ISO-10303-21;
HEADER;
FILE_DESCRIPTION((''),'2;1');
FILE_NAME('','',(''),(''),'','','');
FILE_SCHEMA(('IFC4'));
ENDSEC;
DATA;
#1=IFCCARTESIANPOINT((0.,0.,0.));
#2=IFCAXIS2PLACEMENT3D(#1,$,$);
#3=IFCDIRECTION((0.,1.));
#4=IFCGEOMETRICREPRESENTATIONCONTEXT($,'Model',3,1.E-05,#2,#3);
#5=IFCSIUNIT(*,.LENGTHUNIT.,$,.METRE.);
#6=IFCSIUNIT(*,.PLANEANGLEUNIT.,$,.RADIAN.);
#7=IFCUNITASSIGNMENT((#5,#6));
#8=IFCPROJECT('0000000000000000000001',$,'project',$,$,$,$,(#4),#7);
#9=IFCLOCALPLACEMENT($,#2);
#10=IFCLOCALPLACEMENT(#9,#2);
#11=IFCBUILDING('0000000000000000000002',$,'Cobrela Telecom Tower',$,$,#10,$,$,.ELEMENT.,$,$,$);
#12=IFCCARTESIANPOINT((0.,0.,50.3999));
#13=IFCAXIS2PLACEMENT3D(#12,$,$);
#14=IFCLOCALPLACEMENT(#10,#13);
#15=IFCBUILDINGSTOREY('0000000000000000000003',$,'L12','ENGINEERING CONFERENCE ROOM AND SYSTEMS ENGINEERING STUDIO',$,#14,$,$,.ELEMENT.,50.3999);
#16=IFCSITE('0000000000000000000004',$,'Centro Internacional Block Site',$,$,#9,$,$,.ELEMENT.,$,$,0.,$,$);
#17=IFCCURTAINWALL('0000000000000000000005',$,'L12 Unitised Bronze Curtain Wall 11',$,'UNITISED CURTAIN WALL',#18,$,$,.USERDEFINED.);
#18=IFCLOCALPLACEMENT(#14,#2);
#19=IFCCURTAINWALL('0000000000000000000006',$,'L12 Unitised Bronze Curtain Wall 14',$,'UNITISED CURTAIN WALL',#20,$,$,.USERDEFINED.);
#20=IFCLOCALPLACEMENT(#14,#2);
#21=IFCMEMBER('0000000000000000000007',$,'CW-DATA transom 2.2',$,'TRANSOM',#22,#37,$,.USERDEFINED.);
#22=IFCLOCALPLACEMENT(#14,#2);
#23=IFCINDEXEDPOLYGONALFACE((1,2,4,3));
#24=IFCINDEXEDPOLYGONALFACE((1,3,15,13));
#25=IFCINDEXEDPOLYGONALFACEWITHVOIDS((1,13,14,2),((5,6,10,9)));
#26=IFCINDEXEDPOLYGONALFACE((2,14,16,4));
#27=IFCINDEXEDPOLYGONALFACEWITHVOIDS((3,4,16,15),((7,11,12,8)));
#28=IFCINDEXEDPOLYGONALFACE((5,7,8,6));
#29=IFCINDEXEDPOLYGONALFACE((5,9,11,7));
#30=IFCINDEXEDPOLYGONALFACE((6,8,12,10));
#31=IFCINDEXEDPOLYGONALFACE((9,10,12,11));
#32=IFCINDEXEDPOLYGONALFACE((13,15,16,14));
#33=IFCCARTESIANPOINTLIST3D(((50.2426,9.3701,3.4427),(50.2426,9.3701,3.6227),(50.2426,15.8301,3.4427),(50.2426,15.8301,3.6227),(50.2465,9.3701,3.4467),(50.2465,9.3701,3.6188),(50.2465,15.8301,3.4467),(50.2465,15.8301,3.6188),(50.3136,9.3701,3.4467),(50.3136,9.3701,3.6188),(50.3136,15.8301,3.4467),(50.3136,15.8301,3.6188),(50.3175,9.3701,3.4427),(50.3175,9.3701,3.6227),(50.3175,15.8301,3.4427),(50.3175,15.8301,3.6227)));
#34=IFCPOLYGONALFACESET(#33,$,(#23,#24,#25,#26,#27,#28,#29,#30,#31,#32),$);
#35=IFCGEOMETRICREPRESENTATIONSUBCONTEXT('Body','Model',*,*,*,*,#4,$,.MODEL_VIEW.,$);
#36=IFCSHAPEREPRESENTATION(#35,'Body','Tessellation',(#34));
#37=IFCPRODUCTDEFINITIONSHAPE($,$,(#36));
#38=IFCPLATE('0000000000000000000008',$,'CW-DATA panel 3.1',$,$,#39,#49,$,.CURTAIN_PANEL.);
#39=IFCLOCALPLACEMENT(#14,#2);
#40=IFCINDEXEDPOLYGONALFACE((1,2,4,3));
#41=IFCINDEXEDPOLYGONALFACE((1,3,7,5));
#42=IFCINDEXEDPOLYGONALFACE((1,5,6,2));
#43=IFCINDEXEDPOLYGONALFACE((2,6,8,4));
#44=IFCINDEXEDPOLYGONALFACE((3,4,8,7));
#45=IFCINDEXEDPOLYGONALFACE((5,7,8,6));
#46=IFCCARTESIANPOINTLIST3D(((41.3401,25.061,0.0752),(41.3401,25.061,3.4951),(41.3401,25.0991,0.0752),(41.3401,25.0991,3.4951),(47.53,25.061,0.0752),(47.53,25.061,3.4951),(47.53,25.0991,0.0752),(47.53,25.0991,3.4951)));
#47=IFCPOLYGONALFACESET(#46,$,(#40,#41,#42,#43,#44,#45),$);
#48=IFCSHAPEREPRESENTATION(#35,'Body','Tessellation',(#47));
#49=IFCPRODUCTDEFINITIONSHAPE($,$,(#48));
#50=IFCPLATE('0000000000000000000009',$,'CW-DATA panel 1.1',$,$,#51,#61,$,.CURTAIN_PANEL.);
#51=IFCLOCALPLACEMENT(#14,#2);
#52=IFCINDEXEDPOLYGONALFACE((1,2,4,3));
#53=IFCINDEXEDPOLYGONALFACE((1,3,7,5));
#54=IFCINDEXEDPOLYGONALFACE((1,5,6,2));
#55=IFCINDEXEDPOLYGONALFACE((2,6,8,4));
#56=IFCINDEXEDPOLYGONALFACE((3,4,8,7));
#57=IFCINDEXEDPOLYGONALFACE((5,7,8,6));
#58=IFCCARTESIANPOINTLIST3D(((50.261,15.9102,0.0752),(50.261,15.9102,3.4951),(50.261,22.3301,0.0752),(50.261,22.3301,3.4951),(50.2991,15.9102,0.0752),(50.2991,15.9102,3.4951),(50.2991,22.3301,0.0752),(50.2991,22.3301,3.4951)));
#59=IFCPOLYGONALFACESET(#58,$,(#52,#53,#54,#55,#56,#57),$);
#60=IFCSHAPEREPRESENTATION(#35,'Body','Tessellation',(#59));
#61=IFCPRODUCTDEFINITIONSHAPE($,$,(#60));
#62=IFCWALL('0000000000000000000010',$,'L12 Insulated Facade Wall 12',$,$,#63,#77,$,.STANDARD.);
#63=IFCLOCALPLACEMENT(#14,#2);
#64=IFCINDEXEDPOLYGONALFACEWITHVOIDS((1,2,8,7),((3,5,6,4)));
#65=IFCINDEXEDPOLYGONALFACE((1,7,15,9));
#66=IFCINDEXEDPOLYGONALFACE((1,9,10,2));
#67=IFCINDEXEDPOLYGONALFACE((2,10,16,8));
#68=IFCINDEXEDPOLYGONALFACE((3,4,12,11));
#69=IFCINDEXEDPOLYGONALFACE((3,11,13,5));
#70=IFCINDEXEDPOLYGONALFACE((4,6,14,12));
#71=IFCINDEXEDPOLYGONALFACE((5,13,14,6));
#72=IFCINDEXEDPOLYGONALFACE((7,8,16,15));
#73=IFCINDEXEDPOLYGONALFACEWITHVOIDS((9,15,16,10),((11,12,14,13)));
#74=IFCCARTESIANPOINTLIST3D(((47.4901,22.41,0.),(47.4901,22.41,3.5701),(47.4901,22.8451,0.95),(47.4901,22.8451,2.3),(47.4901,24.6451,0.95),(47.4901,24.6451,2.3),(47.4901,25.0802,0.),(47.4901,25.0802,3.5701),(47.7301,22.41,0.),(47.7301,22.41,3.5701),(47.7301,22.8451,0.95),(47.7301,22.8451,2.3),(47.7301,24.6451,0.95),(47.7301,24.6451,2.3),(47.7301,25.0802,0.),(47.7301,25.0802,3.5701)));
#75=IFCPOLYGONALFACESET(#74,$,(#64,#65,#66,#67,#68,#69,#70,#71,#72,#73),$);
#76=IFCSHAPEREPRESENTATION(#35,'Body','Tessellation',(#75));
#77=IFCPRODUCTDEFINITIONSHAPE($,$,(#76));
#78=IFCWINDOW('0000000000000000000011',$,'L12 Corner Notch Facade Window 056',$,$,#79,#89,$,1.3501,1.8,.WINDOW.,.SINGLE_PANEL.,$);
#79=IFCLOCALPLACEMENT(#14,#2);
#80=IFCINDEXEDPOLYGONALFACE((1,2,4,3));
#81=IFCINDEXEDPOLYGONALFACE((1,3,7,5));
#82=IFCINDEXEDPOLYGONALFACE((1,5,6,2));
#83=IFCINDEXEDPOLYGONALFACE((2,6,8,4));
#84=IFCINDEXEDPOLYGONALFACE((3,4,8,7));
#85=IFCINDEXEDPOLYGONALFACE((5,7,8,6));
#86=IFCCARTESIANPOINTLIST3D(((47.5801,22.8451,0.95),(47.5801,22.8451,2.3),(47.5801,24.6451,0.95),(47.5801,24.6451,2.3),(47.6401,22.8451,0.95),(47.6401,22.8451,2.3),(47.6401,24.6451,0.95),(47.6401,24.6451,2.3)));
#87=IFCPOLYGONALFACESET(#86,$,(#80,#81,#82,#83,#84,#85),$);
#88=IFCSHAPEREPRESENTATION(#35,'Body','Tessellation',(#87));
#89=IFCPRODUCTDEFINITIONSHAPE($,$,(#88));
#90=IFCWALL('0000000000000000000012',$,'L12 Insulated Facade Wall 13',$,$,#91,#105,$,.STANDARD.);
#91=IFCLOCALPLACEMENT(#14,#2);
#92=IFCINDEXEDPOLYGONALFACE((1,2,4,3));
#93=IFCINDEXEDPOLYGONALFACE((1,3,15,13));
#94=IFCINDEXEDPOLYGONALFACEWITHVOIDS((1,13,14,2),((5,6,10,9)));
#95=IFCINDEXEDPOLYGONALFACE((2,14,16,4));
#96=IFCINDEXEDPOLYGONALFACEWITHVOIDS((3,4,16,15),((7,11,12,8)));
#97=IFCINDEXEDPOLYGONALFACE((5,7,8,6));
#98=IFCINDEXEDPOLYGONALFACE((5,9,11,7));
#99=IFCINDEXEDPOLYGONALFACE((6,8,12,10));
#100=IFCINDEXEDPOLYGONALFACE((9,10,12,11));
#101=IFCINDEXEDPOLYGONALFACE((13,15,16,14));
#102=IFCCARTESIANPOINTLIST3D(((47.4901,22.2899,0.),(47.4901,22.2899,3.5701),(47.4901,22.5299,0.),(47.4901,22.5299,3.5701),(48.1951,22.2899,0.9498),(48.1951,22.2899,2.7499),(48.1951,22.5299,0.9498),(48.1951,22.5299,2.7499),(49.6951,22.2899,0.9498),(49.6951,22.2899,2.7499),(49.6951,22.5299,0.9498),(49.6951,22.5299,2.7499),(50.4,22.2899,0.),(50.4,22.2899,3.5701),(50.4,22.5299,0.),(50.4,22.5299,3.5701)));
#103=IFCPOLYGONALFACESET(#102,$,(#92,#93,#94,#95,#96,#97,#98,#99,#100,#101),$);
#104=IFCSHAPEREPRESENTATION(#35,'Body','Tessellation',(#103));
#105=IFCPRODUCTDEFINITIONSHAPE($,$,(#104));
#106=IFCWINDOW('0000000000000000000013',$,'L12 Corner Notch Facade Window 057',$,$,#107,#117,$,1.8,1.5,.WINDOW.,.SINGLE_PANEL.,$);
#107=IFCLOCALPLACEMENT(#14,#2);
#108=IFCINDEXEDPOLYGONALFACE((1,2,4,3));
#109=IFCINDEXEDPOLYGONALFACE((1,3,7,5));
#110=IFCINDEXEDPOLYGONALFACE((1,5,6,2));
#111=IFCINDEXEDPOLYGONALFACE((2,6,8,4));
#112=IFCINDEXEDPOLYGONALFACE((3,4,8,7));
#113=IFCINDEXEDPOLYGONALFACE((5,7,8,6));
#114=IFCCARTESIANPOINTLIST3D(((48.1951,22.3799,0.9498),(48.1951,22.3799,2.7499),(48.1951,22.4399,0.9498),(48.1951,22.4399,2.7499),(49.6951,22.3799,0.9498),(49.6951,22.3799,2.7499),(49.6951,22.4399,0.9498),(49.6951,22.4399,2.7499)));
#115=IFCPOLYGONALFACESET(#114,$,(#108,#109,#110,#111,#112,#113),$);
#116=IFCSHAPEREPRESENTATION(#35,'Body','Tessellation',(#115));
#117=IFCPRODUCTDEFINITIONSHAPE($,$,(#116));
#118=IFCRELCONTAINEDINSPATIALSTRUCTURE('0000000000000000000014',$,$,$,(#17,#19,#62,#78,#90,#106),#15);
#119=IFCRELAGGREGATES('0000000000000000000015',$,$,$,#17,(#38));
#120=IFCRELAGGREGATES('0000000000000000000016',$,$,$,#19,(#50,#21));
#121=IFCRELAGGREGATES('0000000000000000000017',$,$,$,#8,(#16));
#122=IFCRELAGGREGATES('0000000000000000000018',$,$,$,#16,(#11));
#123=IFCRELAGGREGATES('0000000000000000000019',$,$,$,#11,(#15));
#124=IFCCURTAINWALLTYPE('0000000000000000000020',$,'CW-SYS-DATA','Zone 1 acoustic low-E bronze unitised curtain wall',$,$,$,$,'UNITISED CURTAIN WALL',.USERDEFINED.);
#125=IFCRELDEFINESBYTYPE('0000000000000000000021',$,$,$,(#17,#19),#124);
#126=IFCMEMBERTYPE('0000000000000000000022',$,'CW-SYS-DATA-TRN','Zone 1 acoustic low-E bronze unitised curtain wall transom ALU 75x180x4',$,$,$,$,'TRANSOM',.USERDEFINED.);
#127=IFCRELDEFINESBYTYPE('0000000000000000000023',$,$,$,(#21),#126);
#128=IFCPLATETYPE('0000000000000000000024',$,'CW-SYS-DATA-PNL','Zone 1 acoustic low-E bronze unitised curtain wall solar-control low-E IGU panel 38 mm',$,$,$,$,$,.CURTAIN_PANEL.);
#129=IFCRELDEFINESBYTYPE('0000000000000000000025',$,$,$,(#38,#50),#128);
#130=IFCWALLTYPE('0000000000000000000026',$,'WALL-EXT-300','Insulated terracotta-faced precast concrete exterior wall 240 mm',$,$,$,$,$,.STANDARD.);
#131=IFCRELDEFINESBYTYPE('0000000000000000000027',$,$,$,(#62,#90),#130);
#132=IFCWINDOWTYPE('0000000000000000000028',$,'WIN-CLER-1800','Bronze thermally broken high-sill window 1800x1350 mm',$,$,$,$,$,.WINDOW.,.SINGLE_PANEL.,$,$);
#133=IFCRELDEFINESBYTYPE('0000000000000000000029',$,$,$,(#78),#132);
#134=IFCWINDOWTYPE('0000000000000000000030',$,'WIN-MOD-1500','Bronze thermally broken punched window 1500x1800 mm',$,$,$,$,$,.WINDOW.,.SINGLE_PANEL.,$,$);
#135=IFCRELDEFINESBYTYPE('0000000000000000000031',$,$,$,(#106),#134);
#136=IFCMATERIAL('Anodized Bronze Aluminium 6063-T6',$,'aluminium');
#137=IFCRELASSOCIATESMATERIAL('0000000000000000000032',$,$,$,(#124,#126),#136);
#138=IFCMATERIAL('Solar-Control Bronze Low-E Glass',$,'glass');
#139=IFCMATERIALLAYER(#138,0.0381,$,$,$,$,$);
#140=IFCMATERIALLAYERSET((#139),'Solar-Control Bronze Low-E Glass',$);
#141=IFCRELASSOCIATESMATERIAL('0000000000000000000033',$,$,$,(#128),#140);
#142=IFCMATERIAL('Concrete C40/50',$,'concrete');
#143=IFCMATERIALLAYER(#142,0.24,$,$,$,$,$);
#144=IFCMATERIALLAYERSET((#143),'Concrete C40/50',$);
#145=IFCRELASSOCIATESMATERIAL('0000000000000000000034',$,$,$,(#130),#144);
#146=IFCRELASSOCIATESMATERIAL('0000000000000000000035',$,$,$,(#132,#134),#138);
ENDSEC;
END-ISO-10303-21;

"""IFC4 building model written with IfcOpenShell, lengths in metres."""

from ifc_helpers import new_model, si_unit, direction, frame, frame_2d, origin, origin_2d, place, context, subcontext, project, spatial, rectangle, hollow_rectangle, extrude, material, layer, layer_set, material_profile, profile_set, type_object, element, fill, aggregate, save


model = new_model("IFC4")

# Units and contexts
model_context = context("Model", 3, precision=1e-05, world=origin(), true_north=direction((0.0, 1.0)))
body_context = subcontext(model_context, "Body", "Model", "MODEL_VIEW")
ifc_project = project(units=[si_unit("LENGTHUNIT", "METRE"), si_unit("PLANEANGLEUNIT", "RADIAN")], contexts=[model_context])

# Site, building, storey
site_placement = place(None, origin())
site = spatial("IfcSite", under=ifc_project, at=site_placement, Name="Centro Internacional Block Site", CompositionType="ELEMENT", RefElevation=0.0)
building_placement = place(site_placement, origin())
building = spatial("IfcBuilding", under=site, at=building_placement, Name="Cobrela Telecom Tower", CompositionType="ELEMENT")
storey_placement = place(building_placement, frame((0.0, 0.0, 50.3999)))
storey = spatial("IfcBuildingStorey", under=building, at=storey_placement, Name="L12", Description="ENGINEERING CONFERENCE ROOM AND SYSTEMS ENGINEERING STUDIO", CompositionType="ELEMENT", Elevation=50.3999)

# Curtain wall
ifc_material_1 = material(Name="Anodized Bronze Aluminium 6063-T6", Category="aluminium")
curtain_wall_type = type_object("IfcCurtainWallType", Name="CW-SYS-DATA", Description="Zone 1 acoustic low-E bronze unitised curtain wall", ElementType="UNITISED CURTAIN WALL", PredefinedType="USERDEFINED", material=ifc_material_1)
curtain_wall_1_placement = place(storey_placement, origin())
curtain_wall_1 = element("IfcCurtainWall", 1, at=curtain_wall_1_placement, inside=storey, type_object=curtain_wall_type, Name="L12 Unitised Bronze Curtain Wall 11", ObjectType="UNITISED CURTAIN WALL", PredefinedType="USERDEFINED")

# Curtain wall
curtain_wall_2_placement = place(storey_placement, origin())
curtain_wall_2 = element("IfcCurtainWall", 2, at=curtain_wall_2_placement, inside=storey, type_object=curtain_wall_type, Name="L12 Unitised Bronze Curtain Wall 14", ObjectType="UNITISED CURTAIN WALL", PredefinedType="USERDEFINED")

# Member
ifc_material_profile_1 = material_profile(ifc_material_1, hollow_rectangle(XDim=0.075, YDim=0.1799, WallThickness=0.0039, at=origin_2d()), Name="ALU 75x180x4")
ifc_profile_set_1 = profile_set([ifc_material_profile_1], Name="Anodized Bronze Aluminium 6063-T6")
member_type_1 = type_object("IfcMemberType", Name="CW-SYS-DATA-TRN", Description="Zone 1 acoustic low-E bronze unitised curtain wall transom ALU 75x180x4", ElementType="TRANSOM", PredefinedType="USERDEFINED", material=ifc_profile_set_1)
member_1_placement = place(storey_placement, frame((50.28, 15.8301, 3.5327), z_axis=(0.0, -1.0, 0.0), x_axis=(1.0, 0.0, 0.0)))
member_1 = element("IfcMember", 3, at=member_1_placement, type_object=member_type_1, Name="CW-DATA transom 2.2", ObjectType="TRANSOM", PredefinedType="USERDEFINED", context=body_context, shape_type="SweptSolid", body=[
    extrude(hollow_rectangle(XDim=0.075, YDim=0.1799, WallThickness=0.0039, at=origin_2d()), origin(), (0.0, 0.0, 1.0), 6.46),
])

# Plates
ifc_material_2 = material(Name="Solar-Control Bronze Low-E Glass", Category="glass")
ifc_layer_1 = layer(ifc_material_2, 0.0381)
ifc_layer_set_1 = layer_set([ifc_layer_1], Name="Solar-Control Bronze Low-E Glass")
plate_type = type_object("IfcPlateType", Name="CW-SYS-DATA-PNL", Description="Zone 1 acoustic low-E bronze unitised curtain wall solar-control low-E IGU panel 38 mm", PredefinedType="CURTAIN_PANEL", material=ifc_layer_set_1)
plate_1_placement = place(storey_placement, frame((44.4351, 25.0801, 0.0752), z_axis=(0.0, 0.0, 1.0), x_axis=(1.0, 0.0, 0.0)))
plate_1 = element("IfcPlate", 4, at=plate_1_placement, type_object=plate_type, Name="CW-DATA panel 3.1", PredefinedType="CURTAIN_PANEL", context=body_context, shape_type="SweptSolid", body=[
    extrude(rectangle(XDim=6.1899, YDim=0.0381, at=origin_2d()), origin(), (0.0, 0.0, 1.0), 3.4199),
])
aggregate(curtain_wall_1, [plate_1])
plate_2_placement = place(storey_placement, frame((50.28, 19.1201, 0.0752), z_axis=(0.0, 0.0, 1.0), x_axis=(0.0, -1.0, 0.0)))
plate_2 = element("IfcPlate", 5, at=plate_2_placement, type_object=plate_type, Name="CW-DATA panel 1.1", PredefinedType="CURTAIN_PANEL", context=body_context, shape_type="SweptSolid", body=[
    extrude(rectangle(XDim=6.4199, YDim=0.0381, at=origin_2d()), origin(), (0.0, 0.0, 1.0), 3.4199),
])
aggregate(curtain_wall_2, [plate_2, member_1])

# Walls, openings, windows
ifc_material_3 = material(Name="Concrete C40/50", Category="concrete")
ifc_layer_2 = layer(ifc_material_3, 0.24)
ifc_layer_set_2 = layer_set([ifc_layer_2], Name="Concrete C40/50")
wall_type = type_object("IfcWallType", Name="WALL-EXT-300", Description="Insulated terracotta-faced precast concrete exterior wall 240 mm", PredefinedType="STANDARD", material=ifc_layer_set_2)
wall_1_placement = place(storey_placement, frame((47.6101, 25.0801, 0.0), z_axis=(0.0, 0.0, 1.0), x_axis=(0.0, -1.0, 0.0)))
wall_1 = element("IfcWall", 6, at=wall_1_placement, inside=storey, type_object=wall_type, Name="L12 Insulated Facade Wall 12", PredefinedType="STANDARD", context=body_context, shape_type="SweptSolid", body=[
    extrude(rectangle(XDim=2.6702, YDim=0.24, at=frame_2d((1.335, 0.0))), origin(), (0.0, 0.0, 1.0), 3.5701),
])
opening_1_placement = place(wall_1_placement, frame((0.4351, 0.0, 0.95)))
opening_1 = element("IfcOpeningElement", 7, at=opening_1_placement, cuts=wall_1, PredefinedType="OPENING", context=body_context, shape_type="SweptSolid", body=[
    extrude(rectangle(XDim=1.8, YDim=1.3501, at=frame_2d((0.8999, 0.675))), frame((0.0, 0.1318, 0.0), z_axis=(0.0, -1.0, 0.0), x_axis=(1.0, 0.0, 0.0)), (0.0, 0.0, 1.0), 0.2639),
])
window_type_1 = type_object("IfcWindowType", Name="WIN-CLER-1800", Description="Bronze thermally broken high-sill window 1800x1350 mm", PartitioningType="SINGLE_PANEL", PredefinedType="WINDOW", material=ifc_material_2)
window_1_placement = place(opening_1_placement, origin())
window_1 = element("IfcWindow", 8, at=window_1_placement, inside=storey, type_object=window_type_1, Name="L12 Corner Notch Facade Window 056", OverallHeight=1.3501, OverallWidth=1.8, PartitioningType="SINGLE_PANEL", PredefinedType="WINDOW", context=body_context, shape_type="SweptSolid", body=[
    extrude(rectangle(XDim=1.8, YDim=1.3501, at=frame_2d((0.8999, 0.675))), frame((0.0, 0.03, 0.0), z_axis=(0.0, -1.0, 0.0), x_axis=(1.0, 0.0, 0.0)), (0.0, 0.0, 1.0), 0.0601),
])
fill(opening_1, window_1)
wall_2_placement = place(storey_placement, frame((47.49, 22.4099, 0.0), z_axis=(0.0, 0.0, 1.0), x_axis=(1.0, 0.0, 0.0)))
wall_2 = element("IfcWall", 9, at=wall_2_placement, inside=storey, type_object=wall_type, Name="L12 Insulated Facade Wall 13", PredefinedType="STANDARD", context=body_context, shape_type="SweptSolid", body=[
    extrude(rectangle(XDim=2.9099, YDim=0.24, at=frame_2d((1.4551, 0.0))), origin(), (0.0, 0.0, 1.0), 3.5701),
])
opening_2_placement = place(wall_2_placement, frame((0.7051, 0.0, 0.95)))
opening_2 = element("IfcOpeningElement", 10, at=opening_2_placement, cuts=wall_2, PredefinedType="OPENING", context=body_context, shape_type="SweptSolid", body=[
    extrude(rectangle(XDim=1.5, YDim=1.8, at=frame_2d((0.75, 0.8999))), frame((0.0, 0.1318, 0.0), z_axis=(0.0, -1.0, 0.0), x_axis=(1.0, 0.0, 0.0)), (0.0, 0.0, 1.0), 0.2639),
])
window_type_2 = type_object("IfcWindowType", Name="WIN-MOD-1500", Description="Bronze thermally broken punched window 1500x1800 mm", PartitioningType="SINGLE_PANEL", PredefinedType="WINDOW", material=ifc_material_2)
window_2_placement = place(opening_2_placement, origin())
window_2 = element("IfcWindow", 11, at=window_2_placement, inside=storey, type_object=window_type_2, Name="L12 Corner Notch Facade Window 057", OverallHeight=1.8, OverallWidth=1.5, PartitioningType="SINGLE_PANEL", PredefinedType="WINDOW", context=body_context, shape_type="SweptSolid", body=[
    extrude(rectangle(XDim=1.5, YDim=1.8, at=frame_2d((0.75, 0.8999))), frame((0.0, 0.03, 0.0), z_axis=(0.0, -1.0, 0.0), x_axis=(1.0, 0.0, 0.0)), (0.0, 0.0, 1.0), 0.0601),
])
fill(opening_2, window_2)

save(model, "model.ifc")
